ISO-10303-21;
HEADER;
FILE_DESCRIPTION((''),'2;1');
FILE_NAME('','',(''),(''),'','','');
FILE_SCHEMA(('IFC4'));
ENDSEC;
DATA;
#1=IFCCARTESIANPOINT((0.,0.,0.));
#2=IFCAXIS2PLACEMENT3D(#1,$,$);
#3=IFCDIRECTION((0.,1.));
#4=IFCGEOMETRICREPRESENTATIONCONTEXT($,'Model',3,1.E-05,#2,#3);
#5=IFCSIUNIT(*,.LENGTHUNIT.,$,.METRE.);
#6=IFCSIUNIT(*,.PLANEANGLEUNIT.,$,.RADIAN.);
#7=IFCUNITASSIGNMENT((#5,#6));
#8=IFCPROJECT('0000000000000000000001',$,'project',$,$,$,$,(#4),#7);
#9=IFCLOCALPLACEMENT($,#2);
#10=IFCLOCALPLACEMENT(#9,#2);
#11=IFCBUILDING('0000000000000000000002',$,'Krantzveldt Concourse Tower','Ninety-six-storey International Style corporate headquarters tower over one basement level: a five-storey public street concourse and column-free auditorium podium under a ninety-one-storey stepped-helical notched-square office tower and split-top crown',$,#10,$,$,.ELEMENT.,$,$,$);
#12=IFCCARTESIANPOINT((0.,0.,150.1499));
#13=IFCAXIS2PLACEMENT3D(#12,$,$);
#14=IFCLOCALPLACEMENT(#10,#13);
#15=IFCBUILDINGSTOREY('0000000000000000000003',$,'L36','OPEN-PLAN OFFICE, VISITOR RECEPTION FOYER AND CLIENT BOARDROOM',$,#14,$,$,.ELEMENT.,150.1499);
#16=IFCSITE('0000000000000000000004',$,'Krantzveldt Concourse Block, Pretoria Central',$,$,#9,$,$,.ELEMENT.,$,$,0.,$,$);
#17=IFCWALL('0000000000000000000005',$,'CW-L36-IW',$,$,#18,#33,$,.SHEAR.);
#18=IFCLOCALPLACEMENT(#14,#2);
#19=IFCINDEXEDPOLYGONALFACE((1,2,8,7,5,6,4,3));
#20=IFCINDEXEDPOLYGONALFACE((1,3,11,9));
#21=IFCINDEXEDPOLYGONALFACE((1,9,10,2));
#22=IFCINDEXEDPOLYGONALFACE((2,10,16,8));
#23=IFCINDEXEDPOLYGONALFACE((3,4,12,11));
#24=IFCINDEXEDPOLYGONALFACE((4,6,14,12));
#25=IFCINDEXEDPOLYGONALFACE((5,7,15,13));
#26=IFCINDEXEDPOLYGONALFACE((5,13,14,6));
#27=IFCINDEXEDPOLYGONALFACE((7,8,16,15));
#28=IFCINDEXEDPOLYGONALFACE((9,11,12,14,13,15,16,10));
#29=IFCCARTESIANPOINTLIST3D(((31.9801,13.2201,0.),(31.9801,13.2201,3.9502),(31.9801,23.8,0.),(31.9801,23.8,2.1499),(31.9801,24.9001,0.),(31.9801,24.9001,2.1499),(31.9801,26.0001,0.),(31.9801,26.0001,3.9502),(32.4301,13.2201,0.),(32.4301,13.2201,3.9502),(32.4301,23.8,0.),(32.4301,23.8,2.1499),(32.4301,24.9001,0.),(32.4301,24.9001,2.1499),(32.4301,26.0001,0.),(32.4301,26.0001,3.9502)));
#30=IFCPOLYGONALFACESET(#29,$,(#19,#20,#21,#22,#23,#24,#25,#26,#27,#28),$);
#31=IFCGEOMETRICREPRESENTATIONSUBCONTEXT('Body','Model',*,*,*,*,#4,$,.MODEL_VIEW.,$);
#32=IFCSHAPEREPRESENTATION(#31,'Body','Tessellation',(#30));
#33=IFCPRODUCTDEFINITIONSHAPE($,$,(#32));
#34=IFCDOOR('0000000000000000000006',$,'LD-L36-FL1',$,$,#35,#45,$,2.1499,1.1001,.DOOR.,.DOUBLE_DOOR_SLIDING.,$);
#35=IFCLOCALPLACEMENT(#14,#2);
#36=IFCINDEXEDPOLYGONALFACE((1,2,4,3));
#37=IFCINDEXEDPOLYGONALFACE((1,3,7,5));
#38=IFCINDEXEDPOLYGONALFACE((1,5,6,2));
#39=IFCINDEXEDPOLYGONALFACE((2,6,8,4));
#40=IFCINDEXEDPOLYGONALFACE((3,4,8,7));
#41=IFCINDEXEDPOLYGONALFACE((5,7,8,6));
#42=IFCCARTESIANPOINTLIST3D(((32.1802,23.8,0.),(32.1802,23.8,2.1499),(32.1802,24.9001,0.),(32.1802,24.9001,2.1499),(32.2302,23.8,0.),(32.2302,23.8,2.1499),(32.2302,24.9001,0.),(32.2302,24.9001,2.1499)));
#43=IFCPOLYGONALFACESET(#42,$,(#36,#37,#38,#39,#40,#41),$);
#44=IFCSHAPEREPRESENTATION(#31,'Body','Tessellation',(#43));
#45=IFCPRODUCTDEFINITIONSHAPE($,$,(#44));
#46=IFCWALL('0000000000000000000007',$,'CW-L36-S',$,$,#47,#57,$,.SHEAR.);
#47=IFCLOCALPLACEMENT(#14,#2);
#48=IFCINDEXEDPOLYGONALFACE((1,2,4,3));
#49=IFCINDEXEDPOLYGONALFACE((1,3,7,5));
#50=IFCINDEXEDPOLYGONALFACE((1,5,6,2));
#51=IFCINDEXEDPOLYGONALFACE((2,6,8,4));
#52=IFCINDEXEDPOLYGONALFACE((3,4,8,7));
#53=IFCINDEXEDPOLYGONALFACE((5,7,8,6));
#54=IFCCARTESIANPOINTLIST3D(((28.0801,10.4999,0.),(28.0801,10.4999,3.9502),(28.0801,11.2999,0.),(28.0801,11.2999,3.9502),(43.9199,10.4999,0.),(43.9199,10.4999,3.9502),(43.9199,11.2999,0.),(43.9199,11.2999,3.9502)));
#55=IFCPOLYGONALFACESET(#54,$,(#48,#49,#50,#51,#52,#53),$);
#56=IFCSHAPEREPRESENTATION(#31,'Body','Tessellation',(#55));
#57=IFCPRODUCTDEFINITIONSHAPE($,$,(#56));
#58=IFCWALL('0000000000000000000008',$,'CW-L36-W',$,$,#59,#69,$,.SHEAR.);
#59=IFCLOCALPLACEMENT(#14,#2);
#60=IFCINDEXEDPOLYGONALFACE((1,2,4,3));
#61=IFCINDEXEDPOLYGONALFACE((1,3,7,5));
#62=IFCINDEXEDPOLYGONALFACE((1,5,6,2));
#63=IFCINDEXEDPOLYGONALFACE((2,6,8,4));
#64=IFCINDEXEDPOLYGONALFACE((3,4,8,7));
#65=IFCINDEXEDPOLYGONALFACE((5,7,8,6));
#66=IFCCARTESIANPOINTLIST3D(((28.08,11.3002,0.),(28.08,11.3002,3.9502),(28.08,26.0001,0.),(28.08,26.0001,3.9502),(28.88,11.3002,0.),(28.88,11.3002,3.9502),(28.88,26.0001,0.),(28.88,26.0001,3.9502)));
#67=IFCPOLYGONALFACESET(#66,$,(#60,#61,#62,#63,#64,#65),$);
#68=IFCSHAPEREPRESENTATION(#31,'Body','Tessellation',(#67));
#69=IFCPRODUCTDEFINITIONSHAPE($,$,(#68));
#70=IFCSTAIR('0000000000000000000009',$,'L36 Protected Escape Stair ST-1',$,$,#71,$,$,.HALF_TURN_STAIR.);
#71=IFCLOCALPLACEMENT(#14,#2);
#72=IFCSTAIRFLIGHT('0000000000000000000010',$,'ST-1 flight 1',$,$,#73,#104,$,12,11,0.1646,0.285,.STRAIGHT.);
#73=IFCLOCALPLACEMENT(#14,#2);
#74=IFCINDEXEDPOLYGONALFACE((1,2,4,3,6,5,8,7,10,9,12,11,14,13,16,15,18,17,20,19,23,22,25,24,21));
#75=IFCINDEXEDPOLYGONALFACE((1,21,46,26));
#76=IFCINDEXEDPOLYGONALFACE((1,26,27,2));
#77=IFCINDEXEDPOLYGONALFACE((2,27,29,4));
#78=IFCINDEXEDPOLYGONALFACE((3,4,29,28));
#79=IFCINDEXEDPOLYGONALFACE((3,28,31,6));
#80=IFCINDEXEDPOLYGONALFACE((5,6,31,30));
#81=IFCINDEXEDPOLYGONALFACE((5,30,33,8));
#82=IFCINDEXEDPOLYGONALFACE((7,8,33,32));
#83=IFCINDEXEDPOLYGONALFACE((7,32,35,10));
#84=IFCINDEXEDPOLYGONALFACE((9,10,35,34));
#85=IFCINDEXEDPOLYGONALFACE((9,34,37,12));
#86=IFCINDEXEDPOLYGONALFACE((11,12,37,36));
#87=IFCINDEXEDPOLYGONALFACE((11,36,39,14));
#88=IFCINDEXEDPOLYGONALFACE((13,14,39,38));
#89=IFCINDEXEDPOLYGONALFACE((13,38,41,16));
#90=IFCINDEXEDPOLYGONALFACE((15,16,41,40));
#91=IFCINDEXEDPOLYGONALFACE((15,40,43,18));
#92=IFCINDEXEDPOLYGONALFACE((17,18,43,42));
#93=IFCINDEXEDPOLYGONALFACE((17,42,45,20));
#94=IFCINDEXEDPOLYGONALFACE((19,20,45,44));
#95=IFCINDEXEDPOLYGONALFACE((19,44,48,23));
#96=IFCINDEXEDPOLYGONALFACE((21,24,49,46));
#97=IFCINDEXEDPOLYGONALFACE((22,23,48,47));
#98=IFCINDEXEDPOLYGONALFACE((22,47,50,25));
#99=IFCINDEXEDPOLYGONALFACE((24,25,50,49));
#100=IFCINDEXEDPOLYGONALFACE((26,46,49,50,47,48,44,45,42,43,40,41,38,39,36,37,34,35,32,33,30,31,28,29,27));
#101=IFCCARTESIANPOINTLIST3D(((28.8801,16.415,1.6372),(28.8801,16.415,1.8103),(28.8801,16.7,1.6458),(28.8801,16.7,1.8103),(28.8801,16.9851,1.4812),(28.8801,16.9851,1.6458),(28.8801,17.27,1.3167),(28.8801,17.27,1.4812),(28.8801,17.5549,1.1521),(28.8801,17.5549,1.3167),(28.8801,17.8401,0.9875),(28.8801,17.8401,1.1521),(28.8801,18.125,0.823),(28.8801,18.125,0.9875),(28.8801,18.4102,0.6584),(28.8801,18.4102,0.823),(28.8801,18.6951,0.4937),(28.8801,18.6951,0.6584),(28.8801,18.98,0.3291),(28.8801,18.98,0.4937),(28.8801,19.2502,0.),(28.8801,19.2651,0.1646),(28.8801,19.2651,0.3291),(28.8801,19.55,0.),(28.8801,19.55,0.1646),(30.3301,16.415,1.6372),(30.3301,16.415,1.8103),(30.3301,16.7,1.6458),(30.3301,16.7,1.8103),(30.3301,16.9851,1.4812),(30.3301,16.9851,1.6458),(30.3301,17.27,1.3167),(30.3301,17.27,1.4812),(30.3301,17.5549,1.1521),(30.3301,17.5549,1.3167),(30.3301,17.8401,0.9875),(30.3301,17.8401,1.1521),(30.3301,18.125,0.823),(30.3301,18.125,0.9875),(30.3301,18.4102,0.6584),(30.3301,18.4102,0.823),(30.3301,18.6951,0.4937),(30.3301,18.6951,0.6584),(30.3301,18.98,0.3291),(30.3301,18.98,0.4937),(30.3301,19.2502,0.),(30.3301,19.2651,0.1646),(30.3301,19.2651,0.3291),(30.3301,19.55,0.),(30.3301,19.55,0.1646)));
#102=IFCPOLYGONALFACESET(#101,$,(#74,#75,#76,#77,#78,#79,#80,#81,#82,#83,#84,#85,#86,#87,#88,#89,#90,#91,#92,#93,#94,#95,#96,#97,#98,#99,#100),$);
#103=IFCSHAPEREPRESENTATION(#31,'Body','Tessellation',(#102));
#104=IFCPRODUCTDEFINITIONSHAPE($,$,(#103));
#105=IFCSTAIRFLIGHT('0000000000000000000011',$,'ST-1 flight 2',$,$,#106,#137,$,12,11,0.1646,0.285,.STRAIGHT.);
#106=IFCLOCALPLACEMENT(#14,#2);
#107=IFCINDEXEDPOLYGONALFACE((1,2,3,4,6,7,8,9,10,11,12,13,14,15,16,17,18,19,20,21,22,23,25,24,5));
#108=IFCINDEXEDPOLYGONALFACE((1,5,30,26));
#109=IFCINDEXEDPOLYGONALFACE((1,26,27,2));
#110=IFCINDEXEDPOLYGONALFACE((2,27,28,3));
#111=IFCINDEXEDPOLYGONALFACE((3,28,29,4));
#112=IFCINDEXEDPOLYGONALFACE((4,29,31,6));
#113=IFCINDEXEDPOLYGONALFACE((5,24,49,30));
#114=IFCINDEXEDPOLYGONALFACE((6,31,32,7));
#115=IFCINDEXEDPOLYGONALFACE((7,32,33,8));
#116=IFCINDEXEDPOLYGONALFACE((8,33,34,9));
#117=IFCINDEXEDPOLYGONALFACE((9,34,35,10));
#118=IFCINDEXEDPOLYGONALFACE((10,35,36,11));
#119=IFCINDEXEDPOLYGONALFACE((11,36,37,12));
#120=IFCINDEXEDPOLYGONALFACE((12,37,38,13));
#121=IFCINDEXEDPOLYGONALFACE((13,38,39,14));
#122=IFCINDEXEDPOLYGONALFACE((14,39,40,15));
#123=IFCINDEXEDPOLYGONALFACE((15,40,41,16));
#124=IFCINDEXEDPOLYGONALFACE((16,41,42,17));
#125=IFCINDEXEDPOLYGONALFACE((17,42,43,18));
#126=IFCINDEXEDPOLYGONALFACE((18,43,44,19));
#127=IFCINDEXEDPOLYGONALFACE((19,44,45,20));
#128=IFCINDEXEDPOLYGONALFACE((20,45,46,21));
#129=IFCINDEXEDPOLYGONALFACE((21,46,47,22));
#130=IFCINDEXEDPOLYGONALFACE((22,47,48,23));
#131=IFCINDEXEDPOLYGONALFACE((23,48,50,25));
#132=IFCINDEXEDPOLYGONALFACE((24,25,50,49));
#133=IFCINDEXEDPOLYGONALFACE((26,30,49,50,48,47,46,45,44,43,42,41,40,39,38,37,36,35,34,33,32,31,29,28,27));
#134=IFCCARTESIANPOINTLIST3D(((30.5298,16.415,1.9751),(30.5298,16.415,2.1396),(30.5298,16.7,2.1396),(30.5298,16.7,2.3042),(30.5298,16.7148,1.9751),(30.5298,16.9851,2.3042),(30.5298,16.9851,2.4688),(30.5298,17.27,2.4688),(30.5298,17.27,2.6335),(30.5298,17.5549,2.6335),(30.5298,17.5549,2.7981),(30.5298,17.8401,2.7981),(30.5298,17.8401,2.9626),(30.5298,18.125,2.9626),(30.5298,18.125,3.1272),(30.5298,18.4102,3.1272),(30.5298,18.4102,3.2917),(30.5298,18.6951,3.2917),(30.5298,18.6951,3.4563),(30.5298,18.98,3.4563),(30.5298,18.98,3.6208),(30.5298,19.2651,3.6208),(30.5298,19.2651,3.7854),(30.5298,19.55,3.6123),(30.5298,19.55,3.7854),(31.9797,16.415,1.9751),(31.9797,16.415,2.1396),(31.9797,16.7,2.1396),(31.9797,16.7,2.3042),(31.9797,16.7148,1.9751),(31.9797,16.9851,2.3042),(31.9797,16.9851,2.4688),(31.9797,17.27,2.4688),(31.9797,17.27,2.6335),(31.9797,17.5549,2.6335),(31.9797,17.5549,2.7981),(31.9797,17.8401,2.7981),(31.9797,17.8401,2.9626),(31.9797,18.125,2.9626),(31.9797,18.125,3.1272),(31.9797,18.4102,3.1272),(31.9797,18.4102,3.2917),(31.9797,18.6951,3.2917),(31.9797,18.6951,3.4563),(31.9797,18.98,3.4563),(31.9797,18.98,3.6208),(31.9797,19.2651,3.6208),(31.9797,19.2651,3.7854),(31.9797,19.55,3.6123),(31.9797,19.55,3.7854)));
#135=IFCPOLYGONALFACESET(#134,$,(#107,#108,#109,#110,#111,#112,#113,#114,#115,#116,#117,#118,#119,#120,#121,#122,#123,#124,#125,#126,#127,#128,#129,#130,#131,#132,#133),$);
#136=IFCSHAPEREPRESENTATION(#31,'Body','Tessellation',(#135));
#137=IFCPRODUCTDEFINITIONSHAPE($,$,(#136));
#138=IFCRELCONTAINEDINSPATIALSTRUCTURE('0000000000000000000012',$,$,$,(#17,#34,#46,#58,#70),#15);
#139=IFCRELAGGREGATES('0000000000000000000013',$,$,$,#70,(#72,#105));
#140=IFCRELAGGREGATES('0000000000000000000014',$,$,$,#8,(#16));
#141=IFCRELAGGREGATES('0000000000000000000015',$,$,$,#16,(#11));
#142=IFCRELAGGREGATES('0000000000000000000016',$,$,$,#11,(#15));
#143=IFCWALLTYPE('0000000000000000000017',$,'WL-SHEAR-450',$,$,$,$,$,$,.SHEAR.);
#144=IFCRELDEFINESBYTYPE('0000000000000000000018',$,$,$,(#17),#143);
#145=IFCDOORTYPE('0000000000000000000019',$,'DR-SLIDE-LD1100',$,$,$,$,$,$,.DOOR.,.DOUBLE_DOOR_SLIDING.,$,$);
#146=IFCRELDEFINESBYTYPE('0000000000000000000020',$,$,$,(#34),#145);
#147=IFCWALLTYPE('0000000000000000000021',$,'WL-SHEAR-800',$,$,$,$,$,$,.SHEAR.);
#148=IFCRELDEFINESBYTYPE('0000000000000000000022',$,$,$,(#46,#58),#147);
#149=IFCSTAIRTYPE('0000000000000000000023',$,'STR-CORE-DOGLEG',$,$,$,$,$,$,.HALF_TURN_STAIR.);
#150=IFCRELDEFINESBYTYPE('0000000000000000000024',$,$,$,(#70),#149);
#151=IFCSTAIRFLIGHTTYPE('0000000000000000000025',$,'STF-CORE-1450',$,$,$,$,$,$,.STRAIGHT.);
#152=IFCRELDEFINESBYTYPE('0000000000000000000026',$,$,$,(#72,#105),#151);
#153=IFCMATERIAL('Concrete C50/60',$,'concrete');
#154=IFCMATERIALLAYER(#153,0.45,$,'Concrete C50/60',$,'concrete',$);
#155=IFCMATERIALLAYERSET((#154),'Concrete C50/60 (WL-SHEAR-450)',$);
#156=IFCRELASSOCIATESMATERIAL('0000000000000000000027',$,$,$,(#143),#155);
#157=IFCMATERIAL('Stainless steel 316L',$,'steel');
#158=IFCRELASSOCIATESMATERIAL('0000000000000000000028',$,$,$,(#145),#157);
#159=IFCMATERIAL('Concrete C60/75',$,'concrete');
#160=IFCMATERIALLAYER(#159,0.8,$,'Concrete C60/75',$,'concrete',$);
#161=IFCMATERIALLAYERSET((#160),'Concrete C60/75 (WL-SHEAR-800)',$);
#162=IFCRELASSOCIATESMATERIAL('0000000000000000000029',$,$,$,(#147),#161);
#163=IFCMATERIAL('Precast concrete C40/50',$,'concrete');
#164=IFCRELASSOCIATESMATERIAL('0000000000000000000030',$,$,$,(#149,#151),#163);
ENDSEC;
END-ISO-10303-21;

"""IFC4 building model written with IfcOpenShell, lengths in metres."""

from ifc_helpers import new_model, si_unit, direction, frame, frame_2d, origin, place, context, subcontext, project, spatial, polyline, rectangle, outline, extrude, material, layer, layer_set, type_object, element, fill, aggregate, save


model = new_model("IFC4")

# Units and contexts
model_context = context("Model", 3, precision=1e-05, world=origin(), true_north=direction((0.0, 1.0)))
body_context = subcontext(model_context, "Body", "Model", "MODEL_VIEW")
ifc_project = project(units=[si_unit("LENGTHUNIT", "METRE"), si_unit("PLANEANGLEUNIT", "RADIAN")], contexts=[model_context])

# Site, building, storey
site_placement = place(None, origin())
site = spatial("IfcSite", under=ifc_project, at=site_placement, Name="Krantzveldt Concourse Block, Pretoria Central", CompositionType="ELEMENT", RefElevation=0.0)
building_placement = place(site_placement, origin())
building = spatial("IfcBuilding", under=site, at=building_placement, Name="Krantzveldt Concourse Tower", Description="Ninety-six-storey International Style corporate headquarters tower over one basement level: a five-storey public street concourse and column-free auditorium podium under a ninety-one-storey stepped-helical notched-square office tower and split-top crown", CompositionType="ELEMENT")
storey_placement = place(building_placement, frame((0.0, 0.0, 150.1499)))
storey = spatial("IfcBuildingStorey", under=building, at=storey_placement, Name="L36", Description="OPEN-PLAN OFFICE, VISITOR RECEPTION FOYER AND CLIENT BOARDROOM", CompositionType="ELEMENT", Elevation=150.1499)

# Shared definitions
ifc_material_1 = material(Name="Concrete C50/60", Category="concrete")

# Wall, opening, door
ifc_layer_1 = layer(ifc_material_1, 0.45, Name="Concrete C50/60", Category="concrete")
ifc_layer_set_1 = layer_set([ifc_layer_1], Name="Concrete C50/60 (WL-SHEAR-450)")
wall_type_1 = type_object("IfcWallType", Name="WL-SHEAR-450", PredefinedType="SHEAR", material=ifc_layer_set_1)
wall_1_placement = place(storey_placement, frame((32.2051, 13.22, 0.0), z_axis=(0.0, 0.0, 1.0), x_axis=(0.0, 1.0, 0.0)))
wall_1 = element("IfcWall", 1, at=wall_1_placement, inside=storey, type_object=wall_type_1, Name="CW-L36-IW", PredefinedType="SHEAR", context=body_context, shape_type="SweptSolid", body=[
    extrude(rectangle(XDim=12.78, YDim=0.45, at=frame_2d((6.3901, 0.0))), origin(), (0.0, 0.0, 1.0), 3.9502),
])
opening_1_placement = place(wall_1_placement, frame((10.5801, 0.0, 0.0)))
opening_1 = element("IfcOpeningElement", 2, at=opening_1_placement, cuts=wall_1, PredefinedType="OPENING", context=body_context, shape_type="SweptSolid", body=[
    extrude(rectangle(XDim=1.1001, YDim=2.1499, at=frame_2d((0.55, 1.075))), frame((0.0, 0.2349, 0.0), z_axis=(0.0, -1.0, 0.0), x_axis=(1.0, 0.0, 0.0)), (0.0, 0.0, 1.0), 0.47),
])
ifc_material_2 = material(Name="Stainless steel 316L", Category="steel")
door_type_1 = type_object("IfcDoorType", Name="DR-SLIDE-LD1100", OperationType="DOUBLE_DOOR_SLIDING", PredefinedType="DOOR", material=ifc_material_2)
door_1_placement = place(opening_1_placement, origin())
door_1 = element("IfcDoor", 3, at=door_1_placement, inside=storey, type_object=door_type_1, Name="LD-L36-FL1", OperationType="DOUBLE_DOOR_SLIDING", OverallHeight=2.1499, OverallWidth=1.1001, PredefinedType="DOOR", context=body_context, shape_type="SweptSolid", body=[
    extrude(rectangle(XDim=1.1001, YDim=2.1499, at=frame_2d((0.55, 1.075))), frame((0.0, 0.0249, 0.0), z_axis=(0.0, -1.0, 0.0), x_axis=(1.0, 0.0, 0.0)), (0.0, 0.0, 1.0), 0.05),
])
fill(opening_1, door_1)

# Walls
ifc_material_3 = material(Name="Concrete C60/75", Category="concrete")
ifc_layer_2 = layer(ifc_material_3, 0.8, Name="Concrete C60/75", Category="concrete")
ifc_layer_set_2 = layer_set([ifc_layer_2], Name="Concrete C60/75 (WL-SHEAR-800)")
wall_type_2 = type_object("IfcWallType", Name="WL-SHEAR-800", PredefinedType="SHEAR", material=ifc_layer_set_2)
wall_2_placement = place(storey_placement, frame((28.0801, 10.8999, 0.0), z_axis=(0.0, 0.0, 1.0), x_axis=(1.0, 0.0, 0.0)))
element("IfcWall", 4, at=wall_2_placement, inside=storey, type_object=wall_type_2, Name="CW-L36-S", PredefinedType="SHEAR", context=body_context, shape_type="SweptSolid", body=[
    extrude(rectangle(XDim=15.8398, YDim=0.8, at=frame_2d((7.9199, 0.0))), origin(), (0.0, 0.0, 1.0), 3.9502),
])
wall_3_placement = place(storey_placement, frame((28.48, 11.3, 0.0), z_axis=(0.0, 0.0, 1.0), x_axis=(0.0, 1.0, 0.0)))
element("IfcWall", 5, at=wall_3_placement, inside=storey, type_object=wall_type_2, Name="CW-L36-W", PredefinedType="SHEAR", context=body_context, shape_type="SweptSolid", body=[
    extrude(rectangle(XDim=14.7, YDim=0.8, at=frame_2d((7.3501, 0.0))), origin(), (0.0, 0.0, 1.0), 3.9502),
])

# Stair, stair flights
ifc_material_4 = material(Name="Precast concrete C40/50", Category="concrete")
stair_type = type_object("IfcStairType", Name="STR-CORE-DOGLEG", PredefinedType="HALF_TURN_STAIR", material=ifc_material_4)
stair_placement = place(storey_placement, origin())
stair = element("IfcStair", 6, at=stair_placement, inside=storey, type_object=stair_type, Name="L36 Protected Escape Stair ST-1", PredefinedType="HALF_TURN_STAIR")
stair_flight_type = type_object("IfcStairFlightType", Name="STF-CORE-1450", PredefinedType="STRAIGHT", material=ifc_material_4)
stair_flight_1_placement = place(storey_placement, frame((29.605, 19.55, 0.0), z_axis=(0.0, 0.0, 1.0), x_axis=(0.0, -1.0, 0.0)))
stair_flight_1 = element("IfcStairFlight", 7, at=stair_flight_1_placement, type_object=stair_flight_type, Name="ST-1 flight 1", NumberOfRisers=12, NumberOfTreads=11, PredefinedType="STRAIGHT", RiserHeight=0.1646, TreadLength=0.285, context=body_context, shape_type="SweptSolid", body=[
    extrude(outline(polyline([(0.0, 0.0), (0.0, 0.1646), (0.2849, 0.1646), (0.2849, 0.3291), (0.5701, 0.3291), (0.5701, 0.4937), (0.855, 0.4937), (0.855, 0.6584), (1.1399, 0.6584), (1.1399, 0.823), (1.425, 0.823), (1.425, 0.9875), (1.71, 0.9875), (1.71, 1.1521), (1.9951, 1.1521), (1.9951, 1.3167), (2.28, 1.3167), (2.28, 1.4812), (2.5649, 1.4812), (2.5649, 1.6458), (2.8501, 1.6458), (2.8501, 1.8103), (3.135, 1.8103), (3.135, 1.9751), (3.135, 1.6372), (0.2998, 0.0), (0.0, 0.0)])), frame((0.0, 0.7251, 0.0), z_axis=(0.0, -1.0, 0.0), x_axis=(1.0, 0.0, 0.0)), (0.0, 0.0, 1.0), 1.45),
])
stair_flight_2_placement = place(storey_placement, frame((31.2549, 16.415, 1.9751), z_axis=(0.0, 0.0, 1.0), x_axis=(0.0, 1.0, 0.0)))
stair_flight_2 = element("IfcStairFlight", 8, at=stair_flight_2_placement, type_object=stair_flight_type, Name="ST-1 flight 2", NumberOfRisers=12, NumberOfTreads=11, PredefinedType="STRAIGHT", RiserHeight=0.1646, TreadLength=0.285, context=body_context, shape_type="SweptSolid", body=[
    extrude(outline(polyline([(0.0, 0.0), (0.0, 0.1646), (0.2849, 0.1646), (0.2849, 0.3291), (0.5701, 0.3291), (0.5701, 0.4937), (0.855, 0.4937), (0.855, 0.6584), (1.1399, 0.6584), (1.1399, 0.823), (1.425, 0.823), (1.425, 0.9875), (1.71, 0.9875), (1.71, 1.1521), (1.9951, 1.1521), (1.9951, 1.3167), (2.28, 1.3167), (2.28, 1.4812), (2.5649, 1.4812), (2.5649, 1.6458), (2.8501, 1.6458), (2.8501, 1.8103), (3.135, 1.8103), (3.135, 1.9751), (3.135, 1.6372), (0.2998, 0.0), (0.0, 0.0)])), frame((0.0, 0.7251, 0.0), z_axis=(0.0, -1.0, 0.0), x_axis=(1.0, 0.0, 0.0)), (0.0, 0.0, 1.0), 1.45),
])
aggregate(stair, [stair_flight_1, stair_flight_2])

save(model, "model.ifc")
